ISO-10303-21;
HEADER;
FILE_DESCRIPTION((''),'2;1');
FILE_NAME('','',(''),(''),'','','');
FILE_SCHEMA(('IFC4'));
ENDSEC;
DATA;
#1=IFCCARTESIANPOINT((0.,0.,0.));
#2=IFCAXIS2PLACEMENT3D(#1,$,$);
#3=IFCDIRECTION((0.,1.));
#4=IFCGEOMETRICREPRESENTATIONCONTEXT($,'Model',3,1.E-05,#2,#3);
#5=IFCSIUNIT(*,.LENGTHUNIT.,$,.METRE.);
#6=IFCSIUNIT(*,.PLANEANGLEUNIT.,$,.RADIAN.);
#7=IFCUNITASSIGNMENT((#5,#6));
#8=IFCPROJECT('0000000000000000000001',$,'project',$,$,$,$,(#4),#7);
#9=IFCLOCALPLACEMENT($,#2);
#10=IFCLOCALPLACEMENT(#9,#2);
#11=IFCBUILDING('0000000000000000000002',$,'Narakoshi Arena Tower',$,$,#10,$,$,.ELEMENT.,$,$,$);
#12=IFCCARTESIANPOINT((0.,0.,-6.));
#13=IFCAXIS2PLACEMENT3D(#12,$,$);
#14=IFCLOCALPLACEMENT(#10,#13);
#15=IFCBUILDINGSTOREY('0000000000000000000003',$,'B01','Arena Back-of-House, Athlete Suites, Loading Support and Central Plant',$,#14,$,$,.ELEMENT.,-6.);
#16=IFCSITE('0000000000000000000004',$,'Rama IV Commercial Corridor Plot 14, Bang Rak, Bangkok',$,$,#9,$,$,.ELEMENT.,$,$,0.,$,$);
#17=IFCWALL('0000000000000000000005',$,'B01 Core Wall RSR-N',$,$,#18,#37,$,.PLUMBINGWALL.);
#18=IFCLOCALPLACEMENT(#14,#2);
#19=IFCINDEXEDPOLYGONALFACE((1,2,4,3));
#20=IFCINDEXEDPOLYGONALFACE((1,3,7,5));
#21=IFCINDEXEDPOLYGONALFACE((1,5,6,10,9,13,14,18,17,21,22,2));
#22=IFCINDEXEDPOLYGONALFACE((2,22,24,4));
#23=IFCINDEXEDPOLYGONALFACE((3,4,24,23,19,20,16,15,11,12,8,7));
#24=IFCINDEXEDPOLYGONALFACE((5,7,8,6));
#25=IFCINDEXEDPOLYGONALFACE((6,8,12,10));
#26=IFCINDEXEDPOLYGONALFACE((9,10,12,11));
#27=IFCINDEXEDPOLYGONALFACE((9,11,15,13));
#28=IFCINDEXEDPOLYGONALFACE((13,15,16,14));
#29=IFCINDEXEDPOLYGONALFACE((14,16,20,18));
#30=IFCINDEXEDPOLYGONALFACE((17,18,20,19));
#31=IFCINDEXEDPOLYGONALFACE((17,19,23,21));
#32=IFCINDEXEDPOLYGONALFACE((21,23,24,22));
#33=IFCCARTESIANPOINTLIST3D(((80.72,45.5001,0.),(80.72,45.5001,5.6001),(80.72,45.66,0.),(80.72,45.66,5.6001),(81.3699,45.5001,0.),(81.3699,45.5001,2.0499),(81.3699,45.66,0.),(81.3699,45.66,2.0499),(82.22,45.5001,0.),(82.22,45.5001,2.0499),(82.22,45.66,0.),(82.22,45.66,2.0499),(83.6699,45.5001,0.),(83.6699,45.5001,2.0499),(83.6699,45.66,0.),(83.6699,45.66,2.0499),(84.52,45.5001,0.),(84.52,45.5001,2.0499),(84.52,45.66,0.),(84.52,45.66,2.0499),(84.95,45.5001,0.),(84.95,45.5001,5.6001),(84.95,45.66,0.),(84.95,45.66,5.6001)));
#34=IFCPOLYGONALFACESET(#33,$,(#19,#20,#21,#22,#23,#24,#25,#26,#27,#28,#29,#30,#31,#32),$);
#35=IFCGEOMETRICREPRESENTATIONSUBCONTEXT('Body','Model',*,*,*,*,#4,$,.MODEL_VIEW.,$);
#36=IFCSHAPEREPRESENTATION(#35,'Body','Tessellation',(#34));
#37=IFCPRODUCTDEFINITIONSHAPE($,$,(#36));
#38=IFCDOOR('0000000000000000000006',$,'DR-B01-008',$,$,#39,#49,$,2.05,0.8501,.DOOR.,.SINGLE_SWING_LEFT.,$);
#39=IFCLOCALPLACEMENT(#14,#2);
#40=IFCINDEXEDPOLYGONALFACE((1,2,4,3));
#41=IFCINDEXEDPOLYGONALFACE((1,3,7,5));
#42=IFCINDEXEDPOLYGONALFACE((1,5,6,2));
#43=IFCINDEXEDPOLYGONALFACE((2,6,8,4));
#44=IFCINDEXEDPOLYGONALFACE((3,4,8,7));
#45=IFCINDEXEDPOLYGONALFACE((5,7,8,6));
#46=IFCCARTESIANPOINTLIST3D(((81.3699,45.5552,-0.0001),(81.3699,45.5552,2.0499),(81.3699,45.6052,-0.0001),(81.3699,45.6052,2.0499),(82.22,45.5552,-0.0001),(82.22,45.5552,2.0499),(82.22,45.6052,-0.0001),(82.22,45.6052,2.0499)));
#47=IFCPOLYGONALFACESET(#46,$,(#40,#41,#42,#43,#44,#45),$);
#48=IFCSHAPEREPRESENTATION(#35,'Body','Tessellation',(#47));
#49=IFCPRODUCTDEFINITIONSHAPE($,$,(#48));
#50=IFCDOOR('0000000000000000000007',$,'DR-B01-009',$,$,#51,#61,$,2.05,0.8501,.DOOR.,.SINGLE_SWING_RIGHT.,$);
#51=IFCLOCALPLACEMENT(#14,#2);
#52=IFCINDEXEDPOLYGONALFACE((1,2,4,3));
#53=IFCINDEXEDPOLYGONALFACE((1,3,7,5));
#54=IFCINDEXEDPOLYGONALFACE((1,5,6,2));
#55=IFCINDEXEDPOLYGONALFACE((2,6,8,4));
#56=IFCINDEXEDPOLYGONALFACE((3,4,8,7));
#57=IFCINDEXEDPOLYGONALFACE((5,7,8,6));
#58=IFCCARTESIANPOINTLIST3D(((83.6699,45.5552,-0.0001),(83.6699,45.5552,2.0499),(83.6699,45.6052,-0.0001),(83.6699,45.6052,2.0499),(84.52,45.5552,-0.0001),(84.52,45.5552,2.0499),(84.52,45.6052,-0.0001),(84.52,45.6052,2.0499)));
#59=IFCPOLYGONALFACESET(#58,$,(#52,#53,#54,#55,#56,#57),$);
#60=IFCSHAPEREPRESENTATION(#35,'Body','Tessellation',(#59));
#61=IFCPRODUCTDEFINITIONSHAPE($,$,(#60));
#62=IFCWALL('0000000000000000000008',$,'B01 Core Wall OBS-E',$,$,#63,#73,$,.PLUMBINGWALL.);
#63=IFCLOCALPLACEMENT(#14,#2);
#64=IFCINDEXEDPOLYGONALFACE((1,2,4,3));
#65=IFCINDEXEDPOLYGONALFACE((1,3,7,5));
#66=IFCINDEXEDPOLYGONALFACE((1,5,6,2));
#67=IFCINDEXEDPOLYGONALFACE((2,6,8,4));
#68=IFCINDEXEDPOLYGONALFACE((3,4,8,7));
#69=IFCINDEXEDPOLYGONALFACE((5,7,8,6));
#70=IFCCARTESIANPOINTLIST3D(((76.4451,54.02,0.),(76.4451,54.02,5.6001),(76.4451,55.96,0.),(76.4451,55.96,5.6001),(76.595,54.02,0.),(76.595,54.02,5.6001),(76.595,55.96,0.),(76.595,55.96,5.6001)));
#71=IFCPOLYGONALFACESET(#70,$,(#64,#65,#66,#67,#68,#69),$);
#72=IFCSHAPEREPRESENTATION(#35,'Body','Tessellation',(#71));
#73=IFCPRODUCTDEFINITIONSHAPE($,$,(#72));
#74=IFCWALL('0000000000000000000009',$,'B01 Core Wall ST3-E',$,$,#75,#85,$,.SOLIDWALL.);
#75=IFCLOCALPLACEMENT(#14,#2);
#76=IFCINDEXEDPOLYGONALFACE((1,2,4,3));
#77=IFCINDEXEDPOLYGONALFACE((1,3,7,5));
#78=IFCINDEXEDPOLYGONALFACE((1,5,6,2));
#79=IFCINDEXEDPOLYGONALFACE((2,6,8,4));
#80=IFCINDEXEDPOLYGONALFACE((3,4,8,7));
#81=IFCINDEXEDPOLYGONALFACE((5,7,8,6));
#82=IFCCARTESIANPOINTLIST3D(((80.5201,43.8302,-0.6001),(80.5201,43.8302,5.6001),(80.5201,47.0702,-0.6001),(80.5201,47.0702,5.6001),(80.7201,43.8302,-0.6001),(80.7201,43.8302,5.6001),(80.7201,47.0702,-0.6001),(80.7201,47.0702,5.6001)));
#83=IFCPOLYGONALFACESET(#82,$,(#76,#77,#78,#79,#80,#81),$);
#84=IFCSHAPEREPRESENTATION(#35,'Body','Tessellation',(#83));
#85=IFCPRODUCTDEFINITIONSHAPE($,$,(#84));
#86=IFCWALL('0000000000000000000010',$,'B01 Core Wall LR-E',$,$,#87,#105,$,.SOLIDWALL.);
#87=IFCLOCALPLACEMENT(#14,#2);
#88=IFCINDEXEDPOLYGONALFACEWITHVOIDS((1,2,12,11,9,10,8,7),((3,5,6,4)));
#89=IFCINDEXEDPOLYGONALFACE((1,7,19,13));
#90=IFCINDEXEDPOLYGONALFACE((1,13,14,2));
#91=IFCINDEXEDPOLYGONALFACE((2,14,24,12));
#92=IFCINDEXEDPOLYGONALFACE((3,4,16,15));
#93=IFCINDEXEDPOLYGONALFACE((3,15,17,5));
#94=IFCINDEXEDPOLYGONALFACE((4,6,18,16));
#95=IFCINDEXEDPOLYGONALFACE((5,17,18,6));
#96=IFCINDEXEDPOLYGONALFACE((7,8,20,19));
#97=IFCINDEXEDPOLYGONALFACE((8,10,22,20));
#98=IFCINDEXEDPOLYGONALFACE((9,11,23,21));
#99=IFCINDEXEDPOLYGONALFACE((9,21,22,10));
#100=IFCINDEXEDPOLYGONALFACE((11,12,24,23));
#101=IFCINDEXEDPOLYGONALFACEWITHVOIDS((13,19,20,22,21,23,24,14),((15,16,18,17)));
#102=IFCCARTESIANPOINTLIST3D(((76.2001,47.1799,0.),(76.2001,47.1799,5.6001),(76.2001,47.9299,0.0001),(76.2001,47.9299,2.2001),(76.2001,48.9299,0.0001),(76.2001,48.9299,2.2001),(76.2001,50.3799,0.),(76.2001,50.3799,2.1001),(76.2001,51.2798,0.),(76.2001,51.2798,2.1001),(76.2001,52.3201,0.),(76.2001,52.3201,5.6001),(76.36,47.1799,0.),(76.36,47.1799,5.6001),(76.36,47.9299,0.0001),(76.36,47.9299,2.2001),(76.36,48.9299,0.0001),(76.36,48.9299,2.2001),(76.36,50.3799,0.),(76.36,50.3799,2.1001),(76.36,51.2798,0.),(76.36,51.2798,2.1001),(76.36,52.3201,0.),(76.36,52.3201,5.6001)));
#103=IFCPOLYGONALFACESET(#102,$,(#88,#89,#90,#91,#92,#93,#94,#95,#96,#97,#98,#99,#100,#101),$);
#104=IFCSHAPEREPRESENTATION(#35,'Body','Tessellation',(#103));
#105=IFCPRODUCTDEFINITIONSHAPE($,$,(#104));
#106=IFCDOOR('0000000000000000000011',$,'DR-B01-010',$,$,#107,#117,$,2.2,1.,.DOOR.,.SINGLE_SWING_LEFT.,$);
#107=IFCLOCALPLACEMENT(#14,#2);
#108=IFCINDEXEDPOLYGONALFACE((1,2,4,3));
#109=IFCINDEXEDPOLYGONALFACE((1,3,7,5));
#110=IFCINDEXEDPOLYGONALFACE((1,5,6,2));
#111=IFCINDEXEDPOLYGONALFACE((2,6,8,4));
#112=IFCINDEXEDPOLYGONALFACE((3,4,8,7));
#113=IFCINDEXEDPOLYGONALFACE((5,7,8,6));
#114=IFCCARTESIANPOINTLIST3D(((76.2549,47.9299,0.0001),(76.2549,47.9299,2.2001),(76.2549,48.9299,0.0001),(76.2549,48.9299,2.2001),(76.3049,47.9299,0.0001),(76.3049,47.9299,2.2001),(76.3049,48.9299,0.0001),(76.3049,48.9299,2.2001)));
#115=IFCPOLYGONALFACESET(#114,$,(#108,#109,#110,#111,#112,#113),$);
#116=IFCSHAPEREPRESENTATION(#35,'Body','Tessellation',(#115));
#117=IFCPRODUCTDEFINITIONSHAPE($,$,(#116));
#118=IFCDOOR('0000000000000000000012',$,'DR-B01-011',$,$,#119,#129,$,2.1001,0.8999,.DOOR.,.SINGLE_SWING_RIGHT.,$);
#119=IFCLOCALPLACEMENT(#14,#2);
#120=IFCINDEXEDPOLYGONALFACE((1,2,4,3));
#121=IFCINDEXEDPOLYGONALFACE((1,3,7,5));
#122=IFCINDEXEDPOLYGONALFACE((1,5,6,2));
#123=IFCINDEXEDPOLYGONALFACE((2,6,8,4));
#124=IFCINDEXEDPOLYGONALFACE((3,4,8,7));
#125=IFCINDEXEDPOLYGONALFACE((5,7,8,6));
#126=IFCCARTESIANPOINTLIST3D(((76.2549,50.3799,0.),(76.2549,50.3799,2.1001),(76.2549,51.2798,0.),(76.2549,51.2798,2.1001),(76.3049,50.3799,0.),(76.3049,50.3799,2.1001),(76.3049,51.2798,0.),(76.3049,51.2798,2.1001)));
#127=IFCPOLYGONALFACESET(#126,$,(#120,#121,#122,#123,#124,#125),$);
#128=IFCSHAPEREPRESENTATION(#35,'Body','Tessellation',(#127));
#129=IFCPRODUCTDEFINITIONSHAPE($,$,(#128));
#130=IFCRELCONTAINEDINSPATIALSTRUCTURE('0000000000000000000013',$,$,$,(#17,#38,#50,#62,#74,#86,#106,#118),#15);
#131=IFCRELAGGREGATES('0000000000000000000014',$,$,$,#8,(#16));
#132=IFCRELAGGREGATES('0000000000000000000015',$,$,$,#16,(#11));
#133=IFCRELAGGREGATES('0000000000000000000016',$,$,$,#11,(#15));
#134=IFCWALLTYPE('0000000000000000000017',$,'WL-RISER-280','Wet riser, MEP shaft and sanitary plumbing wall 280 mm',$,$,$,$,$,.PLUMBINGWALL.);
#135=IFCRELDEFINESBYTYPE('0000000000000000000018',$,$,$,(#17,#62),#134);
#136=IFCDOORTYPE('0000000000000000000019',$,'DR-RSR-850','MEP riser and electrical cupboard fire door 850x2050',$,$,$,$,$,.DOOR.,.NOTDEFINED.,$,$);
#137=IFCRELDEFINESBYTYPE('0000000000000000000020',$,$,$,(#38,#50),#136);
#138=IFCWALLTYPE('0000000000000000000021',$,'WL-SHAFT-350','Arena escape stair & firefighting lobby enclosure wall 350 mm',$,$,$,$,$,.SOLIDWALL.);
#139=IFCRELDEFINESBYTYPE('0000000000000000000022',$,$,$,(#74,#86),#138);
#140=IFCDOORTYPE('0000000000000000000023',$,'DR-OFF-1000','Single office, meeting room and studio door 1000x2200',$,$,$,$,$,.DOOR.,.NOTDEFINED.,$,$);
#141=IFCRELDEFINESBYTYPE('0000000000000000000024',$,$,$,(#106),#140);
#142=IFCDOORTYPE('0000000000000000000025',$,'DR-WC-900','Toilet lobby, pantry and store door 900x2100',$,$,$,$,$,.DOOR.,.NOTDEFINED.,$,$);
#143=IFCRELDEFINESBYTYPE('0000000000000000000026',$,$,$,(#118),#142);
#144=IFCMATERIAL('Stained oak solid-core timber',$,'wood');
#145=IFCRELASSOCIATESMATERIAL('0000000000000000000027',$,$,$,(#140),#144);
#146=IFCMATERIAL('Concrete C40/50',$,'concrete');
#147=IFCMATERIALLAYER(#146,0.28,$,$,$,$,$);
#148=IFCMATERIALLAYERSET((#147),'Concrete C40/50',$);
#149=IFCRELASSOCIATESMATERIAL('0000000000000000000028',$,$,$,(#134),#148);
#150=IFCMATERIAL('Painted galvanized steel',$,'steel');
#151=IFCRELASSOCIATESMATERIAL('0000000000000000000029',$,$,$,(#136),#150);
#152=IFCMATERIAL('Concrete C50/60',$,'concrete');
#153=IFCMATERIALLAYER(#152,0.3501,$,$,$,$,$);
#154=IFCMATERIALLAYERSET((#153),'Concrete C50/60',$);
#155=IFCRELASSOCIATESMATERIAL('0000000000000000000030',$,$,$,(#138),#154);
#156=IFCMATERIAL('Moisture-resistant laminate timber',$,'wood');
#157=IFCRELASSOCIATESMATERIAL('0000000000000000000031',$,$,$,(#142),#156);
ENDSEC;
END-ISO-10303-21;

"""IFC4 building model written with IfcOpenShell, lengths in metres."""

from ifc_helpers import new_model, si_unit, direction, frame, frame_2d, origin, place, context, subcontext, project, spatial, rectangle, extrude, material, layer, layer_set, type_object, element, fill, save


model = new_model("IFC4")

# Units and contexts
model_context = context("Model", 3, precision=1e-05, world=origin(), true_north=direction((0.0, 1.0)))
body_context = subcontext(model_context, "Body", "Model", "MODEL_VIEW")
ifc_project = project(units=[si_unit("LENGTHUNIT", "METRE"), si_unit("PLANEANGLEUNIT", "RADIAN")], contexts=[model_context])

# Site, building, storey
site_placement = place(None, origin())
site = spatial("IfcSite", under=ifc_project, at=site_placement, Name="Rama IV Commercial Corridor Plot 14, Bang Rak, Bangkok", CompositionType="ELEMENT", RefElevation=0.0)
building_placement = place(site_placement, origin())
building = spatial("IfcBuilding", under=site, at=building_placement, Name="Narakoshi Arena Tower", CompositionType="ELEMENT")
storey_placement = place(building_placement, frame((0.0, 0.0, -6.0)))
storey = spatial("IfcBuildingStorey", under=building, at=storey_placement, Name="B01", Description="Arena Back-of-House, Athlete Suites, Loading Support and Central Plant", CompositionType="ELEMENT", Elevation=-6.0)

# Shared definitions
ifc_material_1 = material(Name="Stained oak solid-core timber", Category="wood")
door_type_1 = type_object("IfcDoorType", Name="DR-OFF-1000", Description="Single office, meeting room and studio door 1000x2200", OperationType="NOTDEFINED", PredefinedType="DOOR", material=ifc_material_1)

# Wall, openings, doors
ifc_material_2 = material(Name="Concrete C40/50", Category="concrete")
ifc_layer_1 = layer(ifc_material_2, 0.28)
ifc_layer_set_1 = layer_set([ifc_layer_1], Name="Concrete C40/50")
wall_type_1 = type_object("IfcWallType", Name="WL-RISER-280", Description="Wet riser, MEP shaft and sanitary plumbing wall 280 mm", PredefinedType="PLUMBINGWALL", material=ifc_layer_set_1)
wall_1_placement = place(storey_placement, frame((80.72, 45.5801, 0.0), z_axis=(0.0, 0.0, 1.0), x_axis=(1.0, 0.0, 0.0)))
wall_1 = element("IfcWall", 1, at=wall_1_placement, inside=storey, type_object=wall_type_1, Name="B01 Core Wall RSR-N", PredefinedType="PLUMBINGWALL", context=body_context, shape_type="SweptSolid", body=[
    extrude(rectangle(XDim=4.23, YDim=0.1599, at=frame_2d((2.115, 0.0))), origin(), (0.0, 0.0, 1.0), 5.6001),
])
opening_1_placement = place(wall_1_placement, frame((0.6499, 0.0, 0.0)))
opening_1 = element("IfcOpeningElement", 2, at=opening_1_placement, cuts=wall_1, PredefinedType="OPENING", context=body_context, shape_type="SweptSolid", body=[
    extrude(rectangle(XDim=0.8501, YDim=2.05, at=frame_2d((0.425, 1.0249))), frame((0.0, 0.0898, 0.0), z_axis=(0.0, -1.0, 0.0), x_axis=(1.0, 0.0, 0.0)), (0.0, 0.0, 1.0), 0.1799),
])
opening_2_placement = place(wall_1_placement, frame((2.95, 0.0, 0.0)))
opening_2 = element("IfcOpeningElement", 3, at=opening_2_placement, cuts=wall_1, PredefinedType="OPENING", context=body_context, shape_type="SweptSolid", body=[
    extrude(rectangle(XDim=0.8501, YDim=2.05, at=frame_2d((0.425, 1.0249))), frame((0.0, 0.0898, 0.0), z_axis=(0.0, -1.0, 0.0), x_axis=(1.0, 0.0, 0.0)), (0.0, 0.0, 1.0), 0.1799),
])
ifc_material_3 = material(Name="Painted galvanized steel", Category="steel")
door_type_2 = type_object("IfcDoorType", Name="DR-RSR-850", Description="MEP riser and electrical cupboard fire door 850x2050", OperationType="NOTDEFINED", PredefinedType="DOOR", material=ifc_material_3)
door_1_placement = place(opening_1_placement, frame((0.8501, 0.0, 0.0), z_axis=(0.0, 0.0, 1.0), x_axis=(-1.0, 0.0, 0.0)))
door_1 = element("IfcDoor", 4, at=door_1_placement, inside=storey, type_object=door_type_2, Name="DR-B01-008", OperationType="SINGLE_SWING_LEFT", OverallHeight=2.05, OverallWidth=0.8501, PredefinedType="DOOR", context=body_context, shape_type="SweptSolid", body=[
    extrude(rectangle(XDim=0.8501, YDim=2.05, at=frame_2d((0.425, 1.0249))), frame((0.0, 0.0249, 0.0), z_axis=(0.0, -1.0, 0.0), x_axis=(1.0, 0.0, 0.0)), (0.0, 0.0, 1.0), 0.05),
])
fill(opening_1, door_1)
door_2_placement = place(opening_2_placement, frame((0.8501, 0.0, 0.0), z_axis=(0.0, 0.0, 1.0), x_axis=(-1.0, 0.0, 0.0)))
door_2 = element("IfcDoor", 5, at=door_2_placement, inside=storey, type_object=door_type_2, Name="DR-B01-009", OperationType="SINGLE_SWING_RIGHT", OverallHeight=2.05, OverallWidth=0.8501, PredefinedType="DOOR", context=body_context, shape_type="SweptSolid", body=[
    extrude(rectangle(XDim=0.8501, YDim=2.05, at=frame_2d((0.425, 1.0249))), frame((0.0, 0.0249, 0.0), z_axis=(0.0, -1.0, 0.0), x_axis=(1.0, 0.0, 0.0)), (0.0, 0.0, 1.0), 0.05),
])
fill(opening_2, door_2)

# Walls
wall_2_placement = place(storey_placement, frame((76.52, 54.02, 0.0), z_axis=(0.0, 0.0, 1.0), x_axis=(0.0, 1.0, 0.0)))
element("IfcWall", 6, at=wall_2_placement, inside=storey, type_object=wall_type_1, Name="B01 Core Wall OBS-E", PredefinedType="PLUMBINGWALL", context=body_context, shape_type="SweptSolid", body=[
    extrude(rectangle(XDim=1.9399, YDim=0.1499, at=frame_2d((0.97, 0.0))), origin(), (0.0, 0.0, 1.0), 5.6001),
])
ifc_material_4 = material(Name="Concrete C50/60", Category="concrete")
ifc_layer_2 = layer(ifc_material_4, 0.3501)
ifc_layer_set_2 = layer_set([ifc_layer_2], Name="Concrete C50/60")
wall_type_2 = type_object("IfcWallType", Name="WL-SHAFT-350", Description="Arena escape stair & firefighting lobby enclosure wall 350 mm", PredefinedType="SOLIDWALL", material=ifc_layer_set_2)
wall_3_placement = place(storey_placement, frame((80.6201, 43.8301, -0.6001), z_axis=(0.0, 0.0, 1.0), x_axis=(0.0, 1.0, 0.0)))
element("IfcWall", 7, at=wall_3_placement, inside=storey, type_object=wall_type_2, Name="B01 Core Wall ST3-E", PredefinedType="SOLIDWALL", context=body_context, shape_type="SweptSolid", body=[
    extrude(rectangle(XDim=3.24, YDim=0.2, at=frame_2d((1.6201, 0.0))), origin(), (0.0, 0.0, 1.0), 6.2002),
])

# Wall, openings, doors
wall_4_placement = place(storey_placement, frame((76.28, 47.1799, 0.0), z_axis=(0.0, 0.0, 1.0), x_axis=(0.0, 1.0, 0.0)))
wall_4 = element("IfcWall", 8, at=wall_4_placement, inside=storey, type_object=wall_type_2, Name="B01 Core Wall LR-E", PredefinedType="SOLIDWALL", context=body_context, shape_type="SweptSolid", body=[
    extrude(rectangle(XDim=5.1401, YDim=0.1599, at=frame_2d((2.5701, 0.0))), origin(), (0.0, 0.0, 1.0), 5.6001),
])
opening_3_placement = place(wall_4_placement, frame((0.75, 0.0, 0.0)))
opening_3 = element("IfcOpeningElement", 9, at=opening_3_placement, cuts=wall_4, PredefinedType="OPENING", context=body_context, shape_type="SweptSolid", body=[
    extrude(rectangle(XDim=1.0, YDim=2.2, at=frame_2d((0.5, 1.1001))), frame((0.0, 0.0898, 0.0), z_axis=(0.0, -1.0, 0.0), x_axis=(1.0, 0.0, 0.0)), (0.0, 0.0, 1.0), 0.1799),
])
opening_4_placement = place(wall_4_placement, frame((3.2, 0.0, 0.0)))
opening_4 = element("IfcOpeningElement", 10, at=opening_4_placement, cuts=wall_4, PredefinedType="OPENING", context=body_context, shape_type="SweptSolid", body=[
    extrude(rectangle(XDim=0.8999, YDim=2.1001, at=frame_2d((0.45, 1.05))), frame((0.0, 0.0898, 0.0), z_axis=(0.0, -1.0, 0.0), x_axis=(1.0, 0.0, 0.0)), (0.0, 0.0, 1.0), 0.1799),
])
door_3_placement = place(opening_3_placement, frame((1.0, 0.0, 0.0), z_axis=(0.0, 0.0, 1.0), x_axis=(-1.0, 0.0, 0.0)))
door_3 = element("IfcDoor", 11, at=door_3_placement, inside=storey, type_object=door_type_1, Name="DR-B01-010", OperationType="SINGLE_SWING_LEFT", OverallHeight=2.2, OverallWidth=1.0, PredefinedType="DOOR", context=body_context, shape_type="SweptSolid", body=[
    extrude(rectangle(XDim=1.0, YDim=2.2, at=frame_2d((0.5, 1.1001))), frame((0.0, 0.0249, 0.0), z_axis=(0.0, -1.0, 0.0), x_axis=(1.0, 0.0, 0.0)), (0.0, 0.0, 1.0), 0.05),
])
fill(opening_3, door_3)
ifc_material_5 = material(Name="Moisture-resistant laminate timber", Category="wood")
door_type_3 = type_object("IfcDoorType", Name="DR-WC-900", Description="Toilet lobby, pantry and store door 900x2100", OperationType="NOTDEFINED", PredefinedType="DOOR", material=ifc_material_5)
door_4_placement = place(opening_4_placement, frame((0.8999, 0.0, 0.0), z_axis=(0.0, 0.0, 1.0), x_axis=(-1.0, 0.0, 0.0)))
door_4 = element("IfcDoor", 12, at=door_4_placement, inside=storey, type_object=door_type_3, Name="DR-B01-011", OperationType="SINGLE_SWING_RIGHT", OverallHeight=2.1001, OverallWidth=0.8999, PredefinedType="DOOR", context=body_context, shape_type="SweptSolid", body=[
    extrude(rectangle(XDim=0.8999, YDim=2.1001, at=frame_2d((0.45, 1.05))), frame((0.0, 0.0249, 0.0), z_axis=(0.0, -1.0, 0.0), x_axis=(1.0, 0.0, 0.0)), (0.0, 0.0, 1.0), 0.05),
])
fill(opening_4, door_4)

save(model, "model.ifc")
